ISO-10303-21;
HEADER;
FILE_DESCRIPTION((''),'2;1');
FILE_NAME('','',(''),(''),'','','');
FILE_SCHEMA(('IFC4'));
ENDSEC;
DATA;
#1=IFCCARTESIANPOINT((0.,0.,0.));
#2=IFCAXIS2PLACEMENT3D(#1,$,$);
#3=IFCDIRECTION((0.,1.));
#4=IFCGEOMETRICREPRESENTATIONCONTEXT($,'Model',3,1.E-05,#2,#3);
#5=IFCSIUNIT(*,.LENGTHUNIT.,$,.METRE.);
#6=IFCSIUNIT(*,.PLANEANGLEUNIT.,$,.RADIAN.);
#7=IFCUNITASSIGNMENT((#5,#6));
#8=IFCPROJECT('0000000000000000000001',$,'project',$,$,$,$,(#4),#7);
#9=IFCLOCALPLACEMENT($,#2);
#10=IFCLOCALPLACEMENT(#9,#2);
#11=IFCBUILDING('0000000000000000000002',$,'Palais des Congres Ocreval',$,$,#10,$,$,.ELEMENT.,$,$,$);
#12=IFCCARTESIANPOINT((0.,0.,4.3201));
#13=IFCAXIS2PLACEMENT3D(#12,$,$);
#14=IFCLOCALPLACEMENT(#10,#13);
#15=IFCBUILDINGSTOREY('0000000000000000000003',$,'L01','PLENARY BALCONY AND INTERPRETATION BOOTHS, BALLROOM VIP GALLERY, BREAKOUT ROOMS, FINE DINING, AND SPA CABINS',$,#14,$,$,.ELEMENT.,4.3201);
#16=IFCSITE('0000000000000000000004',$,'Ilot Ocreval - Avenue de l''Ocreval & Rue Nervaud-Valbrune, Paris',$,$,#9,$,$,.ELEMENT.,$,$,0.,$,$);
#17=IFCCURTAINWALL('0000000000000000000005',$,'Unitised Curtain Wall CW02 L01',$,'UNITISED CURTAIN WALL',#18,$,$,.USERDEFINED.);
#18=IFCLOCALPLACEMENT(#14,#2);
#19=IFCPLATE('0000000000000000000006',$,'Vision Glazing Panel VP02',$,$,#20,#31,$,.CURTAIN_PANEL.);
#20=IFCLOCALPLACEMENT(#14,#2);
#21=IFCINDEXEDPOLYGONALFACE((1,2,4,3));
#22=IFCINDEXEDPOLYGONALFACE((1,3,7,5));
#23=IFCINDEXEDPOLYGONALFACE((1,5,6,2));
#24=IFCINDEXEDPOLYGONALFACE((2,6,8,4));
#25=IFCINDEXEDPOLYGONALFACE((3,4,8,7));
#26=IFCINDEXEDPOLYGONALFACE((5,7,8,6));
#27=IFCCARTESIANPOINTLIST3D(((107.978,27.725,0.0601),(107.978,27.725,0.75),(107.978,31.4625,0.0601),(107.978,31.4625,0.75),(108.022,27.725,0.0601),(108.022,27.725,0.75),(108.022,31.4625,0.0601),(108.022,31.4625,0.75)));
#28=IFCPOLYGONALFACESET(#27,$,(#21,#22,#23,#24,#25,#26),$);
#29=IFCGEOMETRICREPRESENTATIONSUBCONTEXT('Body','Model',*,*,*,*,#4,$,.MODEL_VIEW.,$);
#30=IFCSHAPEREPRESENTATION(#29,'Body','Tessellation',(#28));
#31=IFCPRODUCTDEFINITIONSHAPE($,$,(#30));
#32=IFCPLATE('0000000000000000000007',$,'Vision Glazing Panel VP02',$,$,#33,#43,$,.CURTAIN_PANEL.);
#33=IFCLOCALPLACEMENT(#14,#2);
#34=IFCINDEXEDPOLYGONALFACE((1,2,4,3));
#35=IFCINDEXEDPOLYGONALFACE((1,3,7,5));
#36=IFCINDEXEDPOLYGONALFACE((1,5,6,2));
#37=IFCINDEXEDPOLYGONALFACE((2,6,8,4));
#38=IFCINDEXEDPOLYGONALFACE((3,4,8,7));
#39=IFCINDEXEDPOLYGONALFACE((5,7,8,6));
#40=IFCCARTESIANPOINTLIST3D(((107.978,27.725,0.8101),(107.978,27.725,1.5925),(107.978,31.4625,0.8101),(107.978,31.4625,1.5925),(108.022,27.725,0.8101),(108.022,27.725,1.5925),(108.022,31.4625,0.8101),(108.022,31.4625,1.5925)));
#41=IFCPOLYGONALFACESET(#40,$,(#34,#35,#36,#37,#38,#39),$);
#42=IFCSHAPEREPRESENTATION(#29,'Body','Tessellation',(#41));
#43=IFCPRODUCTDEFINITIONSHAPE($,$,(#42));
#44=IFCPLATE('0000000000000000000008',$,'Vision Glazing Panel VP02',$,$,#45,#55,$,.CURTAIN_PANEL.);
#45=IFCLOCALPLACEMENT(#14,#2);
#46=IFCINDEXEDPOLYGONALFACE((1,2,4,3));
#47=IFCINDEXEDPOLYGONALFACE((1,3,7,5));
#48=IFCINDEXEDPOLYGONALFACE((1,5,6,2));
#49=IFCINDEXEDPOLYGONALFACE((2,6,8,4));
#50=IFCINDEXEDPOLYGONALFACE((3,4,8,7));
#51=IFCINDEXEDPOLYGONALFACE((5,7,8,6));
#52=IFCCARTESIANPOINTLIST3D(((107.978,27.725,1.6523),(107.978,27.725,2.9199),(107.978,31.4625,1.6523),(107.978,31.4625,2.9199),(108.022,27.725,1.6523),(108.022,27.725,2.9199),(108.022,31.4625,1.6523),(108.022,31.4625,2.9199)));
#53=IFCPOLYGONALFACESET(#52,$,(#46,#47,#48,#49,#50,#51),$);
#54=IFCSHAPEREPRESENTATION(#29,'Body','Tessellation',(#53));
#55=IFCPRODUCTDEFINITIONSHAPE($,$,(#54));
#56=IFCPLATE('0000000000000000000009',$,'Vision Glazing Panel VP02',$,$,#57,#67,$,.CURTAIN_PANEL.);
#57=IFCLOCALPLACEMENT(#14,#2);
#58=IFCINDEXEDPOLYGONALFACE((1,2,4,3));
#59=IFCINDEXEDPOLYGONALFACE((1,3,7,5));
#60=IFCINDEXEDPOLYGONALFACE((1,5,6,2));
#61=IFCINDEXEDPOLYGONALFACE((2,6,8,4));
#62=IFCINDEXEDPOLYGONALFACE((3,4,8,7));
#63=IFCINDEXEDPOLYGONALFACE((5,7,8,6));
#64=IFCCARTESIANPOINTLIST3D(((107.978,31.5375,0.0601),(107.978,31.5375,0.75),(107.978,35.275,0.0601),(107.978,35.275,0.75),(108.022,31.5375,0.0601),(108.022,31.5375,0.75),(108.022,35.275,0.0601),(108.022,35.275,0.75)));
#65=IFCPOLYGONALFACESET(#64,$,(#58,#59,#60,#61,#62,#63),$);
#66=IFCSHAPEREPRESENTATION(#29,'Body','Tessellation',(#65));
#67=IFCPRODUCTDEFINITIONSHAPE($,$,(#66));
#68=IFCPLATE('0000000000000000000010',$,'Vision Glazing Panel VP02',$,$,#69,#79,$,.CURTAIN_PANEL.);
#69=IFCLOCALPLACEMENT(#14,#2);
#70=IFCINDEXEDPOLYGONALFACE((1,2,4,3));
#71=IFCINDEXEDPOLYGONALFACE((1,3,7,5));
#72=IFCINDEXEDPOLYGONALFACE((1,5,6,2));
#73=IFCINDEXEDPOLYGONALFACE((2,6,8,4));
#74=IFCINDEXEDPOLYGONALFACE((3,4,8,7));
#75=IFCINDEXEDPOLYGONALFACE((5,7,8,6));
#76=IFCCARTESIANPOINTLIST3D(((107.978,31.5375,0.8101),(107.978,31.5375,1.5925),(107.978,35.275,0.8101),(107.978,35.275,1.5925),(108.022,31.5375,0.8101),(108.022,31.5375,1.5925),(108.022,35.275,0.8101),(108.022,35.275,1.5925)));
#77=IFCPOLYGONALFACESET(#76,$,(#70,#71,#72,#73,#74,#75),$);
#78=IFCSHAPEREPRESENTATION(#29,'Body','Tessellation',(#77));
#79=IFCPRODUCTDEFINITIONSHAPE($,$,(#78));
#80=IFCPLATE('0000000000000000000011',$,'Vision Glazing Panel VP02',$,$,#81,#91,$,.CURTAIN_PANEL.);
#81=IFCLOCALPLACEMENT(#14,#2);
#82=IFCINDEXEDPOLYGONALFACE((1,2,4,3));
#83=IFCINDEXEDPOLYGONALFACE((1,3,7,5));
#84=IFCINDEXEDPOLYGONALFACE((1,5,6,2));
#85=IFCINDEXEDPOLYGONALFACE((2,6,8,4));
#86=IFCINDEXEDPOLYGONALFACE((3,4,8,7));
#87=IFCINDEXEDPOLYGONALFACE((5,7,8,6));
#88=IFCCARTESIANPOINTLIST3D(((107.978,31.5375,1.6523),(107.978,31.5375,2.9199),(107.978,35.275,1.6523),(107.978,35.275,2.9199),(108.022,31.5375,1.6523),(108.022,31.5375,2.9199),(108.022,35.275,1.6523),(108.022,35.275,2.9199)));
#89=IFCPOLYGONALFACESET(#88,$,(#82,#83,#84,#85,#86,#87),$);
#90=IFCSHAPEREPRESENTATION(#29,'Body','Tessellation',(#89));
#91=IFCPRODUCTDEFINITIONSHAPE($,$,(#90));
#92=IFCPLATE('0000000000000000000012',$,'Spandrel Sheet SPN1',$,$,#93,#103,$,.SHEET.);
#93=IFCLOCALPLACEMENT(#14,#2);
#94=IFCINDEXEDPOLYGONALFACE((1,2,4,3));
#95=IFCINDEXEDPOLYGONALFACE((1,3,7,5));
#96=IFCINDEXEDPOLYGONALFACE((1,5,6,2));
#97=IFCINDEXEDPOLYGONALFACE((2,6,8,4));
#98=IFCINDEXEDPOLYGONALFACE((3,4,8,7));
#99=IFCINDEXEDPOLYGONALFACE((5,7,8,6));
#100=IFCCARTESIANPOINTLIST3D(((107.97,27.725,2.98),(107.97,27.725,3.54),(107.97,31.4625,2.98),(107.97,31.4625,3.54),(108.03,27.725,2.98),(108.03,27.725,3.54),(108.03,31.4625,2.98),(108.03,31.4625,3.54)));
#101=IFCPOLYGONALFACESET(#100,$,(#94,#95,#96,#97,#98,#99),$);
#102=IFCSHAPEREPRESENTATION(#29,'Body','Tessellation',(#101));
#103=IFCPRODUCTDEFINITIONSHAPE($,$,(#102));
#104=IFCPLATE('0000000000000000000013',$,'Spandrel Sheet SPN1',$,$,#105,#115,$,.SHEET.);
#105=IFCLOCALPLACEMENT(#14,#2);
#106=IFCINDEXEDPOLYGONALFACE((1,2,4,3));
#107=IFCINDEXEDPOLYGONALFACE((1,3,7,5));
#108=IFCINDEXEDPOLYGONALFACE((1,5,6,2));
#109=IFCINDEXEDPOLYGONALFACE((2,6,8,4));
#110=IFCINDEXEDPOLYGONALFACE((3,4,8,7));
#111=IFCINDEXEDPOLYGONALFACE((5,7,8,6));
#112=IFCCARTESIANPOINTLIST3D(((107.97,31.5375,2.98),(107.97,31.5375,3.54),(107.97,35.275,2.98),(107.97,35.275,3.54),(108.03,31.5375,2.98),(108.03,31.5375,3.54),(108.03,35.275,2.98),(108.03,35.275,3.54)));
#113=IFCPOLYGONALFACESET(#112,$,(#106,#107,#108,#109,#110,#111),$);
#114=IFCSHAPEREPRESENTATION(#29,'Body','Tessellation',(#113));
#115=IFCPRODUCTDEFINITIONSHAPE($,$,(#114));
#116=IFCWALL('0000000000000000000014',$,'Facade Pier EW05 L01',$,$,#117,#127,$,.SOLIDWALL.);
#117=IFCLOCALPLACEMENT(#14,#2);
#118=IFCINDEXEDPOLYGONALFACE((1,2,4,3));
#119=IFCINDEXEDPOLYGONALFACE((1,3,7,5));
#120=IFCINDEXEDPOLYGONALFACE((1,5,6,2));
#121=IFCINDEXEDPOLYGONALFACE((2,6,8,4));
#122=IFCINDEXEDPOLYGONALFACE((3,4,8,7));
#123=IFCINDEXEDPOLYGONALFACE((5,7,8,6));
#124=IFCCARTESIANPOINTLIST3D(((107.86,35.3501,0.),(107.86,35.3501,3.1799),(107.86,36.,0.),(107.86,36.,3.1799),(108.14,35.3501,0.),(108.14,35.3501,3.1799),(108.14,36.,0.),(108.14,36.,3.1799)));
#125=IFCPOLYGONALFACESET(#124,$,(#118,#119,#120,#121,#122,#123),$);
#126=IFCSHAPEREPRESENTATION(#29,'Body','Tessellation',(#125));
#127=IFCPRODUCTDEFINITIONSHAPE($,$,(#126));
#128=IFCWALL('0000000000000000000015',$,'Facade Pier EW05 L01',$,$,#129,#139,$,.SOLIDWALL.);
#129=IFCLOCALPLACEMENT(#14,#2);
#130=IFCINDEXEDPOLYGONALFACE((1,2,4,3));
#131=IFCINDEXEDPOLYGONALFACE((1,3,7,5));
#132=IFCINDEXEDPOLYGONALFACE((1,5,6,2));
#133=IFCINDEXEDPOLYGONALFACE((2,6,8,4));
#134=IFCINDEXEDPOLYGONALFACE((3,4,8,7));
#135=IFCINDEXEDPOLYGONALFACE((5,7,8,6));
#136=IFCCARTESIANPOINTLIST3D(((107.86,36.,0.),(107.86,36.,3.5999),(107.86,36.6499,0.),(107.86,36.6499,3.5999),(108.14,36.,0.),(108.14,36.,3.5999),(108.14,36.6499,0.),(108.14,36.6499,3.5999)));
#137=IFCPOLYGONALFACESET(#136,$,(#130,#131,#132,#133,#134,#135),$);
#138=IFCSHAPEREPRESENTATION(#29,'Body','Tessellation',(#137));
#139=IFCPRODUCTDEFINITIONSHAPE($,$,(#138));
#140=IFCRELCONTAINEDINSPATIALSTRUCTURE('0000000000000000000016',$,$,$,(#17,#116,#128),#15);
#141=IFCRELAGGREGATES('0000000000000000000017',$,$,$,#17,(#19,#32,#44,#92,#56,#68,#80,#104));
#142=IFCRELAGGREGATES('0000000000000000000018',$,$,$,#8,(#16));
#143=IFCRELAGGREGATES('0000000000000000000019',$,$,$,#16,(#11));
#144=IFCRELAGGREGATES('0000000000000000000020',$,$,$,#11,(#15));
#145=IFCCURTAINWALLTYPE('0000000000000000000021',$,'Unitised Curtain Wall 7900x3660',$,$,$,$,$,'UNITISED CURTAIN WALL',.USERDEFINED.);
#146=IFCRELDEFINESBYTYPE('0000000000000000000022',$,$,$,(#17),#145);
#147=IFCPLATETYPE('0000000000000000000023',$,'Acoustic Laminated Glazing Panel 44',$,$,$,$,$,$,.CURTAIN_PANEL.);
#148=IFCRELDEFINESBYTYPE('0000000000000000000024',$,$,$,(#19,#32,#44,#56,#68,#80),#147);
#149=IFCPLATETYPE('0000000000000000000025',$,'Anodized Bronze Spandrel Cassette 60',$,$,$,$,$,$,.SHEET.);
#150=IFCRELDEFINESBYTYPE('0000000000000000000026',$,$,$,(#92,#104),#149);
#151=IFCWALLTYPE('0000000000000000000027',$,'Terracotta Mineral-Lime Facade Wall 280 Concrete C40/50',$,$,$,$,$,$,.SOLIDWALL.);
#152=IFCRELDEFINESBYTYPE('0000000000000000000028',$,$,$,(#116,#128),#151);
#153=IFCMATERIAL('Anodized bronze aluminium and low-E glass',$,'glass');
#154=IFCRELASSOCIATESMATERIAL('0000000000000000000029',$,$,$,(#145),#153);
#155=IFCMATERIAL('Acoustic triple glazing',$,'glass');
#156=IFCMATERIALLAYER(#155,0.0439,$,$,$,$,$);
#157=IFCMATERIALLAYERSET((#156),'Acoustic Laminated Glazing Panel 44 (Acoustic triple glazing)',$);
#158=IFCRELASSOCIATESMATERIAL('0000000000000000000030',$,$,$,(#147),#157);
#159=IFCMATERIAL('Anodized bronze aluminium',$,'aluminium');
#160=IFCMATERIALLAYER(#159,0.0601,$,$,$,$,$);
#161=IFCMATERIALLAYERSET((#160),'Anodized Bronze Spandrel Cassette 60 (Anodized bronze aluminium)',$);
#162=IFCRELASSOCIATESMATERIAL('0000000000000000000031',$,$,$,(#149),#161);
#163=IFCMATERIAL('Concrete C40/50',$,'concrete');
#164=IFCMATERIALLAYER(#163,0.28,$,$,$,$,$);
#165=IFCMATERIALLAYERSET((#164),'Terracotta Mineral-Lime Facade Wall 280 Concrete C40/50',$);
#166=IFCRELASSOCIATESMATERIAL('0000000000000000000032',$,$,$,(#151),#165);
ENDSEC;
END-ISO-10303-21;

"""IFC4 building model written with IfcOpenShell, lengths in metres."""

from ifc_helpers import new_model, si_unit, direction, frame, frame_2d, origin, origin_2d, place, context, subcontext, project, spatial, rectangle, extrude, material, layer, layer_set, type_object, element, aggregate, save


model = new_model("IFC4")

# Units and contexts
model_context = context("Model", 3, precision=1e-05, world=origin(), true_north=direction((0.0, 1.0)))
body_context = subcontext(model_context, "Body", "Model", "MODEL_VIEW")
ifc_project = project(units=[si_unit("LENGTHUNIT", "METRE"), si_unit("PLANEANGLEUNIT", "RADIAN")], contexts=[model_context])

# Site, building, storey
site_placement = place(None, origin())
site = spatial("IfcSite", under=ifc_project, at=site_placement, Name="Ilot Ocreval - Avenue de l'Ocreval & Rue Nervaud-Valbrune, Paris", CompositionType="ELEMENT", RefElevation=0.0)
building_placement = place(site_placement, origin())
building = spatial("IfcBuilding", under=site, at=building_placement, Name="Palais des Congres Ocreval", CompositionType="ELEMENT")
storey_placement = place(building_placement, frame((0.0, 0.0, 4.3201)))
storey = spatial("IfcBuildingStorey", under=building, at=storey_placement, Name="L01", Description="PLENARY BALCONY AND INTERPRETATION BOOTHS, BALLROOM VIP GALLERY, BREAKOUT ROOMS, FINE DINING, AND SPA CABINS", CompositionType="ELEMENT", Elevation=4.3201)

# Curtain wall
ifc_material_1 = material(Name="Anodized bronze aluminium and low-E glass", Category="glass")
curtain_wall_type = type_object("IfcCurtainWallType", Name="Unitised Curtain Wall 7900x3660", ElementType="UNITISED CURTAIN WALL", PredefinedType="USERDEFINED", material=ifc_material_1)
curtain_wall_1_placement = place(storey_placement, origin())
curtain_wall_1 = element("IfcCurtainWall", 1, at=curtain_wall_1_placement, inside=storey, type_object=curtain_wall_type, Name="Unitised Curtain Wall CW02 L01", ObjectType="UNITISED CURTAIN WALL", PredefinedType="USERDEFINED")
ifc_material_2 = material(Name="Anodized bronze aluminium", Category="aluminium")

# Plates
ifc_material_3 = material(Name="Acoustic triple glazing", Category="glass")
ifc_layer_1 = layer(ifc_material_3, 0.0439)
ifc_layer_set_1 = layer_set([ifc_layer_1], Name="Acoustic Laminated Glazing Panel 44 (Acoustic triple glazing)")
plate_type_1 = type_object("IfcPlateType", Name="Acoustic Laminated Glazing Panel 44", PredefinedType="CURTAIN_PANEL", material=ifc_layer_set_1)
plate_1_placement = place(storey_placement, frame((108.0, 29.5938, 0.0601), z_axis=(0.0, 0.0, 1.0), x_axis=(0.0, 1.0, 0.0)))
plate_1 = element("IfcPlate", 2, at=plate_1_placement, type_object=plate_type_1, Name="Vision Glazing Panel VP02", PredefinedType="CURTAIN_PANEL", context=body_context, shape_type="SweptSolid", body=[
    extrude(rectangle(XDim=3.7375, YDim=0.0439, at=origin_2d()), origin(), (0.0, 0.0, 1.0), 0.6899),
])
plate_2_placement = place(storey_placement, frame((108.0, 29.5938, 0.8101), z_axis=(0.0, 0.0, 1.0), x_axis=(0.0, 1.0, 0.0)))
plate_2 = element("IfcPlate", 3, at=plate_2_placement, type_object=plate_type_1, Name="Vision Glazing Panel VP02", PredefinedType="CURTAIN_PANEL", context=body_context, shape_type="SweptSolid", body=[
    extrude(rectangle(XDim=3.7375, YDim=0.0439, at=origin_2d()), origin(), (0.0, 0.0, 1.0), 0.7825),
])
plate_3_placement = place(storey_placement, frame((108.0, 29.5938, 1.6523), z_axis=(0.0, 0.0, 1.0), x_axis=(0.0, 1.0, 0.0)))
plate_3 = element("IfcPlate", 4, at=plate_3_placement, type_object=plate_type_1, Name="Vision Glazing Panel VP02", PredefinedType="CURTAIN_PANEL", context=body_context, shape_type="SweptSolid", body=[
    extrude(rectangle(XDim=3.7375, YDim=0.0439, at=origin_2d()), origin(), (0.0, 0.0, 1.0), 1.2676),
])
plate_4_placement = place(storey_placement, frame((108.0, 33.4062, 0.0601), z_axis=(0.0, 0.0, 1.0), x_axis=(0.0, 1.0, 0.0)))
plate_4 = element("IfcPlate", 5, at=plate_4_placement, type_object=plate_type_1, Name="Vision Glazing Panel VP02", PredefinedType="CURTAIN_PANEL", context=body_context, shape_type="SweptSolid", body=[
    extrude(rectangle(XDim=3.7375, YDim=0.0439, at=origin_2d()), origin(), (0.0, 0.0, 1.0), 0.6899),
])
plate_5_placement = place(storey_placement, frame((108.0, 33.4062, 0.8101), z_axis=(0.0, 0.0, 1.0), x_axis=(0.0, 1.0, 0.0)))
plate_5 = element("IfcPlate", 6, at=plate_5_placement, type_object=plate_type_1, Name="Vision Glazing Panel VP02", PredefinedType="CURTAIN_PANEL", context=body_context, shape_type="SweptSolid", body=[
    extrude(rectangle(XDim=3.7375, YDim=0.0439, at=origin_2d()), origin(), (0.0, 0.0, 1.0), 0.7825),
])
plate_6_placement = place(storey_placement, frame((108.0, 33.4062, 1.6523), z_axis=(0.0, 0.0, 1.0), x_axis=(0.0, 1.0, 0.0)))
plate_6 = element("IfcPlate", 7, at=plate_6_placement, type_object=plate_type_1, Name="Vision Glazing Panel VP02", PredefinedType="CURTAIN_PANEL", context=body_context, shape_type="SweptSolid", body=[
    extrude(rectangle(XDim=3.7375, YDim=0.0439, at=origin_2d()), origin(), (0.0, 0.0, 1.0), 1.2676),
])
ifc_layer_2 = layer(ifc_material_2, 0.0601)
ifc_layer_set_2 = layer_set([ifc_layer_2], Name="Anodized Bronze Spandrel Cassette 60 (Anodized bronze aluminium)")
plate_type_2 = type_object("IfcPlateType", Name="Anodized Bronze Spandrel Cassette 60", PredefinedType="SHEET", material=ifc_layer_set_2)
plate_7_placement = place(storey_placement, frame((108.0, 29.5938, 2.98), z_axis=(0.0, 0.0, 1.0), x_axis=(0.0, 1.0, 0.0)))
plate_7 = element("IfcPlate", 8, at=plate_7_placement, type_object=plate_type_2, Name="Spandrel Sheet SPN1", PredefinedType="SHEET", context=body_context, shape_type="SweptSolid", body=[
    extrude(rectangle(XDim=3.7375, YDim=0.0601, at=origin_2d()), origin(), (0.0, 0.0, 1.0), 0.5601),
])
plate_8_placement = place(storey_placement, frame((108.0, 33.4062, 2.98), z_axis=(0.0, 0.0, 1.0), x_axis=(0.0, 1.0, 0.0)))
plate_8 = element("IfcPlate", 9, at=plate_8_placement, type_object=plate_type_2, Name="Spandrel Sheet SPN1", PredefinedType="SHEET", context=body_context, shape_type="SweptSolid", body=[
    extrude(rectangle(XDim=3.7375, YDim=0.0601, at=origin_2d()), origin(), (0.0, 0.0, 1.0), 0.5601),
])
aggregate(curtain_wall_1, [plate_1, plate_2, plate_3, plate_7, plate_4, plate_5, plate_6, plate_8])

# Walls
ifc_material_4 = material(Name="Concrete C40/50", Category="concrete")
ifc_layer_3 = layer(ifc_material_4, 0.28)
ifc_layer_set_3 = layer_set([ifc_layer_3], Name="Terracotta Mineral-Lime Facade Wall 280 Concrete C40/50")
wall_type = type_object("IfcWallType", Name="Terracotta Mineral-Lime Facade Wall 280 Concrete C40/50", PredefinedType="SOLIDWALL", material=ifc_layer_set_3)
wall_1_placement = place(storey_placement, frame((108.0, 35.3501, 0.0), z_axis=(0.0, 0.0, 1.0), x_axis=(0.0, 1.0, 0.0)))
element("IfcWall", 10, at=wall_1_placement, inside=storey, type_object=wall_type, Name="Facade Pier EW05 L01", PredefinedType="SOLIDWALL", context=body_context, shape_type="SweptSolid", body=[
    extrude(rectangle(XDim=0.6499, YDim=0.28, at=frame_2d((0.325, 0.0))), origin(), (0.0, 0.0, 1.0), 3.1799),
])
wall_2_placement = place(storey_placement, frame((108.0, 36.0, 0.0), z_axis=(0.0, 0.0, 1.0), x_axis=(0.0, 1.0, 0.0)))
element("IfcWall", 11, at=wall_2_placement, inside=storey, type_object=wall_type, Name="Facade Pier EW05 L01", PredefinedType="SOLIDWALL", context=body_context, shape_type="SweptSolid", body=[
    extrude(rectangle(XDim=0.6499, YDim=0.28, at=frame_2d((0.325, 0.0))), origin(), (0.0, 0.0, 1.0), 3.5999),
])

save(model, "model.ifc")
